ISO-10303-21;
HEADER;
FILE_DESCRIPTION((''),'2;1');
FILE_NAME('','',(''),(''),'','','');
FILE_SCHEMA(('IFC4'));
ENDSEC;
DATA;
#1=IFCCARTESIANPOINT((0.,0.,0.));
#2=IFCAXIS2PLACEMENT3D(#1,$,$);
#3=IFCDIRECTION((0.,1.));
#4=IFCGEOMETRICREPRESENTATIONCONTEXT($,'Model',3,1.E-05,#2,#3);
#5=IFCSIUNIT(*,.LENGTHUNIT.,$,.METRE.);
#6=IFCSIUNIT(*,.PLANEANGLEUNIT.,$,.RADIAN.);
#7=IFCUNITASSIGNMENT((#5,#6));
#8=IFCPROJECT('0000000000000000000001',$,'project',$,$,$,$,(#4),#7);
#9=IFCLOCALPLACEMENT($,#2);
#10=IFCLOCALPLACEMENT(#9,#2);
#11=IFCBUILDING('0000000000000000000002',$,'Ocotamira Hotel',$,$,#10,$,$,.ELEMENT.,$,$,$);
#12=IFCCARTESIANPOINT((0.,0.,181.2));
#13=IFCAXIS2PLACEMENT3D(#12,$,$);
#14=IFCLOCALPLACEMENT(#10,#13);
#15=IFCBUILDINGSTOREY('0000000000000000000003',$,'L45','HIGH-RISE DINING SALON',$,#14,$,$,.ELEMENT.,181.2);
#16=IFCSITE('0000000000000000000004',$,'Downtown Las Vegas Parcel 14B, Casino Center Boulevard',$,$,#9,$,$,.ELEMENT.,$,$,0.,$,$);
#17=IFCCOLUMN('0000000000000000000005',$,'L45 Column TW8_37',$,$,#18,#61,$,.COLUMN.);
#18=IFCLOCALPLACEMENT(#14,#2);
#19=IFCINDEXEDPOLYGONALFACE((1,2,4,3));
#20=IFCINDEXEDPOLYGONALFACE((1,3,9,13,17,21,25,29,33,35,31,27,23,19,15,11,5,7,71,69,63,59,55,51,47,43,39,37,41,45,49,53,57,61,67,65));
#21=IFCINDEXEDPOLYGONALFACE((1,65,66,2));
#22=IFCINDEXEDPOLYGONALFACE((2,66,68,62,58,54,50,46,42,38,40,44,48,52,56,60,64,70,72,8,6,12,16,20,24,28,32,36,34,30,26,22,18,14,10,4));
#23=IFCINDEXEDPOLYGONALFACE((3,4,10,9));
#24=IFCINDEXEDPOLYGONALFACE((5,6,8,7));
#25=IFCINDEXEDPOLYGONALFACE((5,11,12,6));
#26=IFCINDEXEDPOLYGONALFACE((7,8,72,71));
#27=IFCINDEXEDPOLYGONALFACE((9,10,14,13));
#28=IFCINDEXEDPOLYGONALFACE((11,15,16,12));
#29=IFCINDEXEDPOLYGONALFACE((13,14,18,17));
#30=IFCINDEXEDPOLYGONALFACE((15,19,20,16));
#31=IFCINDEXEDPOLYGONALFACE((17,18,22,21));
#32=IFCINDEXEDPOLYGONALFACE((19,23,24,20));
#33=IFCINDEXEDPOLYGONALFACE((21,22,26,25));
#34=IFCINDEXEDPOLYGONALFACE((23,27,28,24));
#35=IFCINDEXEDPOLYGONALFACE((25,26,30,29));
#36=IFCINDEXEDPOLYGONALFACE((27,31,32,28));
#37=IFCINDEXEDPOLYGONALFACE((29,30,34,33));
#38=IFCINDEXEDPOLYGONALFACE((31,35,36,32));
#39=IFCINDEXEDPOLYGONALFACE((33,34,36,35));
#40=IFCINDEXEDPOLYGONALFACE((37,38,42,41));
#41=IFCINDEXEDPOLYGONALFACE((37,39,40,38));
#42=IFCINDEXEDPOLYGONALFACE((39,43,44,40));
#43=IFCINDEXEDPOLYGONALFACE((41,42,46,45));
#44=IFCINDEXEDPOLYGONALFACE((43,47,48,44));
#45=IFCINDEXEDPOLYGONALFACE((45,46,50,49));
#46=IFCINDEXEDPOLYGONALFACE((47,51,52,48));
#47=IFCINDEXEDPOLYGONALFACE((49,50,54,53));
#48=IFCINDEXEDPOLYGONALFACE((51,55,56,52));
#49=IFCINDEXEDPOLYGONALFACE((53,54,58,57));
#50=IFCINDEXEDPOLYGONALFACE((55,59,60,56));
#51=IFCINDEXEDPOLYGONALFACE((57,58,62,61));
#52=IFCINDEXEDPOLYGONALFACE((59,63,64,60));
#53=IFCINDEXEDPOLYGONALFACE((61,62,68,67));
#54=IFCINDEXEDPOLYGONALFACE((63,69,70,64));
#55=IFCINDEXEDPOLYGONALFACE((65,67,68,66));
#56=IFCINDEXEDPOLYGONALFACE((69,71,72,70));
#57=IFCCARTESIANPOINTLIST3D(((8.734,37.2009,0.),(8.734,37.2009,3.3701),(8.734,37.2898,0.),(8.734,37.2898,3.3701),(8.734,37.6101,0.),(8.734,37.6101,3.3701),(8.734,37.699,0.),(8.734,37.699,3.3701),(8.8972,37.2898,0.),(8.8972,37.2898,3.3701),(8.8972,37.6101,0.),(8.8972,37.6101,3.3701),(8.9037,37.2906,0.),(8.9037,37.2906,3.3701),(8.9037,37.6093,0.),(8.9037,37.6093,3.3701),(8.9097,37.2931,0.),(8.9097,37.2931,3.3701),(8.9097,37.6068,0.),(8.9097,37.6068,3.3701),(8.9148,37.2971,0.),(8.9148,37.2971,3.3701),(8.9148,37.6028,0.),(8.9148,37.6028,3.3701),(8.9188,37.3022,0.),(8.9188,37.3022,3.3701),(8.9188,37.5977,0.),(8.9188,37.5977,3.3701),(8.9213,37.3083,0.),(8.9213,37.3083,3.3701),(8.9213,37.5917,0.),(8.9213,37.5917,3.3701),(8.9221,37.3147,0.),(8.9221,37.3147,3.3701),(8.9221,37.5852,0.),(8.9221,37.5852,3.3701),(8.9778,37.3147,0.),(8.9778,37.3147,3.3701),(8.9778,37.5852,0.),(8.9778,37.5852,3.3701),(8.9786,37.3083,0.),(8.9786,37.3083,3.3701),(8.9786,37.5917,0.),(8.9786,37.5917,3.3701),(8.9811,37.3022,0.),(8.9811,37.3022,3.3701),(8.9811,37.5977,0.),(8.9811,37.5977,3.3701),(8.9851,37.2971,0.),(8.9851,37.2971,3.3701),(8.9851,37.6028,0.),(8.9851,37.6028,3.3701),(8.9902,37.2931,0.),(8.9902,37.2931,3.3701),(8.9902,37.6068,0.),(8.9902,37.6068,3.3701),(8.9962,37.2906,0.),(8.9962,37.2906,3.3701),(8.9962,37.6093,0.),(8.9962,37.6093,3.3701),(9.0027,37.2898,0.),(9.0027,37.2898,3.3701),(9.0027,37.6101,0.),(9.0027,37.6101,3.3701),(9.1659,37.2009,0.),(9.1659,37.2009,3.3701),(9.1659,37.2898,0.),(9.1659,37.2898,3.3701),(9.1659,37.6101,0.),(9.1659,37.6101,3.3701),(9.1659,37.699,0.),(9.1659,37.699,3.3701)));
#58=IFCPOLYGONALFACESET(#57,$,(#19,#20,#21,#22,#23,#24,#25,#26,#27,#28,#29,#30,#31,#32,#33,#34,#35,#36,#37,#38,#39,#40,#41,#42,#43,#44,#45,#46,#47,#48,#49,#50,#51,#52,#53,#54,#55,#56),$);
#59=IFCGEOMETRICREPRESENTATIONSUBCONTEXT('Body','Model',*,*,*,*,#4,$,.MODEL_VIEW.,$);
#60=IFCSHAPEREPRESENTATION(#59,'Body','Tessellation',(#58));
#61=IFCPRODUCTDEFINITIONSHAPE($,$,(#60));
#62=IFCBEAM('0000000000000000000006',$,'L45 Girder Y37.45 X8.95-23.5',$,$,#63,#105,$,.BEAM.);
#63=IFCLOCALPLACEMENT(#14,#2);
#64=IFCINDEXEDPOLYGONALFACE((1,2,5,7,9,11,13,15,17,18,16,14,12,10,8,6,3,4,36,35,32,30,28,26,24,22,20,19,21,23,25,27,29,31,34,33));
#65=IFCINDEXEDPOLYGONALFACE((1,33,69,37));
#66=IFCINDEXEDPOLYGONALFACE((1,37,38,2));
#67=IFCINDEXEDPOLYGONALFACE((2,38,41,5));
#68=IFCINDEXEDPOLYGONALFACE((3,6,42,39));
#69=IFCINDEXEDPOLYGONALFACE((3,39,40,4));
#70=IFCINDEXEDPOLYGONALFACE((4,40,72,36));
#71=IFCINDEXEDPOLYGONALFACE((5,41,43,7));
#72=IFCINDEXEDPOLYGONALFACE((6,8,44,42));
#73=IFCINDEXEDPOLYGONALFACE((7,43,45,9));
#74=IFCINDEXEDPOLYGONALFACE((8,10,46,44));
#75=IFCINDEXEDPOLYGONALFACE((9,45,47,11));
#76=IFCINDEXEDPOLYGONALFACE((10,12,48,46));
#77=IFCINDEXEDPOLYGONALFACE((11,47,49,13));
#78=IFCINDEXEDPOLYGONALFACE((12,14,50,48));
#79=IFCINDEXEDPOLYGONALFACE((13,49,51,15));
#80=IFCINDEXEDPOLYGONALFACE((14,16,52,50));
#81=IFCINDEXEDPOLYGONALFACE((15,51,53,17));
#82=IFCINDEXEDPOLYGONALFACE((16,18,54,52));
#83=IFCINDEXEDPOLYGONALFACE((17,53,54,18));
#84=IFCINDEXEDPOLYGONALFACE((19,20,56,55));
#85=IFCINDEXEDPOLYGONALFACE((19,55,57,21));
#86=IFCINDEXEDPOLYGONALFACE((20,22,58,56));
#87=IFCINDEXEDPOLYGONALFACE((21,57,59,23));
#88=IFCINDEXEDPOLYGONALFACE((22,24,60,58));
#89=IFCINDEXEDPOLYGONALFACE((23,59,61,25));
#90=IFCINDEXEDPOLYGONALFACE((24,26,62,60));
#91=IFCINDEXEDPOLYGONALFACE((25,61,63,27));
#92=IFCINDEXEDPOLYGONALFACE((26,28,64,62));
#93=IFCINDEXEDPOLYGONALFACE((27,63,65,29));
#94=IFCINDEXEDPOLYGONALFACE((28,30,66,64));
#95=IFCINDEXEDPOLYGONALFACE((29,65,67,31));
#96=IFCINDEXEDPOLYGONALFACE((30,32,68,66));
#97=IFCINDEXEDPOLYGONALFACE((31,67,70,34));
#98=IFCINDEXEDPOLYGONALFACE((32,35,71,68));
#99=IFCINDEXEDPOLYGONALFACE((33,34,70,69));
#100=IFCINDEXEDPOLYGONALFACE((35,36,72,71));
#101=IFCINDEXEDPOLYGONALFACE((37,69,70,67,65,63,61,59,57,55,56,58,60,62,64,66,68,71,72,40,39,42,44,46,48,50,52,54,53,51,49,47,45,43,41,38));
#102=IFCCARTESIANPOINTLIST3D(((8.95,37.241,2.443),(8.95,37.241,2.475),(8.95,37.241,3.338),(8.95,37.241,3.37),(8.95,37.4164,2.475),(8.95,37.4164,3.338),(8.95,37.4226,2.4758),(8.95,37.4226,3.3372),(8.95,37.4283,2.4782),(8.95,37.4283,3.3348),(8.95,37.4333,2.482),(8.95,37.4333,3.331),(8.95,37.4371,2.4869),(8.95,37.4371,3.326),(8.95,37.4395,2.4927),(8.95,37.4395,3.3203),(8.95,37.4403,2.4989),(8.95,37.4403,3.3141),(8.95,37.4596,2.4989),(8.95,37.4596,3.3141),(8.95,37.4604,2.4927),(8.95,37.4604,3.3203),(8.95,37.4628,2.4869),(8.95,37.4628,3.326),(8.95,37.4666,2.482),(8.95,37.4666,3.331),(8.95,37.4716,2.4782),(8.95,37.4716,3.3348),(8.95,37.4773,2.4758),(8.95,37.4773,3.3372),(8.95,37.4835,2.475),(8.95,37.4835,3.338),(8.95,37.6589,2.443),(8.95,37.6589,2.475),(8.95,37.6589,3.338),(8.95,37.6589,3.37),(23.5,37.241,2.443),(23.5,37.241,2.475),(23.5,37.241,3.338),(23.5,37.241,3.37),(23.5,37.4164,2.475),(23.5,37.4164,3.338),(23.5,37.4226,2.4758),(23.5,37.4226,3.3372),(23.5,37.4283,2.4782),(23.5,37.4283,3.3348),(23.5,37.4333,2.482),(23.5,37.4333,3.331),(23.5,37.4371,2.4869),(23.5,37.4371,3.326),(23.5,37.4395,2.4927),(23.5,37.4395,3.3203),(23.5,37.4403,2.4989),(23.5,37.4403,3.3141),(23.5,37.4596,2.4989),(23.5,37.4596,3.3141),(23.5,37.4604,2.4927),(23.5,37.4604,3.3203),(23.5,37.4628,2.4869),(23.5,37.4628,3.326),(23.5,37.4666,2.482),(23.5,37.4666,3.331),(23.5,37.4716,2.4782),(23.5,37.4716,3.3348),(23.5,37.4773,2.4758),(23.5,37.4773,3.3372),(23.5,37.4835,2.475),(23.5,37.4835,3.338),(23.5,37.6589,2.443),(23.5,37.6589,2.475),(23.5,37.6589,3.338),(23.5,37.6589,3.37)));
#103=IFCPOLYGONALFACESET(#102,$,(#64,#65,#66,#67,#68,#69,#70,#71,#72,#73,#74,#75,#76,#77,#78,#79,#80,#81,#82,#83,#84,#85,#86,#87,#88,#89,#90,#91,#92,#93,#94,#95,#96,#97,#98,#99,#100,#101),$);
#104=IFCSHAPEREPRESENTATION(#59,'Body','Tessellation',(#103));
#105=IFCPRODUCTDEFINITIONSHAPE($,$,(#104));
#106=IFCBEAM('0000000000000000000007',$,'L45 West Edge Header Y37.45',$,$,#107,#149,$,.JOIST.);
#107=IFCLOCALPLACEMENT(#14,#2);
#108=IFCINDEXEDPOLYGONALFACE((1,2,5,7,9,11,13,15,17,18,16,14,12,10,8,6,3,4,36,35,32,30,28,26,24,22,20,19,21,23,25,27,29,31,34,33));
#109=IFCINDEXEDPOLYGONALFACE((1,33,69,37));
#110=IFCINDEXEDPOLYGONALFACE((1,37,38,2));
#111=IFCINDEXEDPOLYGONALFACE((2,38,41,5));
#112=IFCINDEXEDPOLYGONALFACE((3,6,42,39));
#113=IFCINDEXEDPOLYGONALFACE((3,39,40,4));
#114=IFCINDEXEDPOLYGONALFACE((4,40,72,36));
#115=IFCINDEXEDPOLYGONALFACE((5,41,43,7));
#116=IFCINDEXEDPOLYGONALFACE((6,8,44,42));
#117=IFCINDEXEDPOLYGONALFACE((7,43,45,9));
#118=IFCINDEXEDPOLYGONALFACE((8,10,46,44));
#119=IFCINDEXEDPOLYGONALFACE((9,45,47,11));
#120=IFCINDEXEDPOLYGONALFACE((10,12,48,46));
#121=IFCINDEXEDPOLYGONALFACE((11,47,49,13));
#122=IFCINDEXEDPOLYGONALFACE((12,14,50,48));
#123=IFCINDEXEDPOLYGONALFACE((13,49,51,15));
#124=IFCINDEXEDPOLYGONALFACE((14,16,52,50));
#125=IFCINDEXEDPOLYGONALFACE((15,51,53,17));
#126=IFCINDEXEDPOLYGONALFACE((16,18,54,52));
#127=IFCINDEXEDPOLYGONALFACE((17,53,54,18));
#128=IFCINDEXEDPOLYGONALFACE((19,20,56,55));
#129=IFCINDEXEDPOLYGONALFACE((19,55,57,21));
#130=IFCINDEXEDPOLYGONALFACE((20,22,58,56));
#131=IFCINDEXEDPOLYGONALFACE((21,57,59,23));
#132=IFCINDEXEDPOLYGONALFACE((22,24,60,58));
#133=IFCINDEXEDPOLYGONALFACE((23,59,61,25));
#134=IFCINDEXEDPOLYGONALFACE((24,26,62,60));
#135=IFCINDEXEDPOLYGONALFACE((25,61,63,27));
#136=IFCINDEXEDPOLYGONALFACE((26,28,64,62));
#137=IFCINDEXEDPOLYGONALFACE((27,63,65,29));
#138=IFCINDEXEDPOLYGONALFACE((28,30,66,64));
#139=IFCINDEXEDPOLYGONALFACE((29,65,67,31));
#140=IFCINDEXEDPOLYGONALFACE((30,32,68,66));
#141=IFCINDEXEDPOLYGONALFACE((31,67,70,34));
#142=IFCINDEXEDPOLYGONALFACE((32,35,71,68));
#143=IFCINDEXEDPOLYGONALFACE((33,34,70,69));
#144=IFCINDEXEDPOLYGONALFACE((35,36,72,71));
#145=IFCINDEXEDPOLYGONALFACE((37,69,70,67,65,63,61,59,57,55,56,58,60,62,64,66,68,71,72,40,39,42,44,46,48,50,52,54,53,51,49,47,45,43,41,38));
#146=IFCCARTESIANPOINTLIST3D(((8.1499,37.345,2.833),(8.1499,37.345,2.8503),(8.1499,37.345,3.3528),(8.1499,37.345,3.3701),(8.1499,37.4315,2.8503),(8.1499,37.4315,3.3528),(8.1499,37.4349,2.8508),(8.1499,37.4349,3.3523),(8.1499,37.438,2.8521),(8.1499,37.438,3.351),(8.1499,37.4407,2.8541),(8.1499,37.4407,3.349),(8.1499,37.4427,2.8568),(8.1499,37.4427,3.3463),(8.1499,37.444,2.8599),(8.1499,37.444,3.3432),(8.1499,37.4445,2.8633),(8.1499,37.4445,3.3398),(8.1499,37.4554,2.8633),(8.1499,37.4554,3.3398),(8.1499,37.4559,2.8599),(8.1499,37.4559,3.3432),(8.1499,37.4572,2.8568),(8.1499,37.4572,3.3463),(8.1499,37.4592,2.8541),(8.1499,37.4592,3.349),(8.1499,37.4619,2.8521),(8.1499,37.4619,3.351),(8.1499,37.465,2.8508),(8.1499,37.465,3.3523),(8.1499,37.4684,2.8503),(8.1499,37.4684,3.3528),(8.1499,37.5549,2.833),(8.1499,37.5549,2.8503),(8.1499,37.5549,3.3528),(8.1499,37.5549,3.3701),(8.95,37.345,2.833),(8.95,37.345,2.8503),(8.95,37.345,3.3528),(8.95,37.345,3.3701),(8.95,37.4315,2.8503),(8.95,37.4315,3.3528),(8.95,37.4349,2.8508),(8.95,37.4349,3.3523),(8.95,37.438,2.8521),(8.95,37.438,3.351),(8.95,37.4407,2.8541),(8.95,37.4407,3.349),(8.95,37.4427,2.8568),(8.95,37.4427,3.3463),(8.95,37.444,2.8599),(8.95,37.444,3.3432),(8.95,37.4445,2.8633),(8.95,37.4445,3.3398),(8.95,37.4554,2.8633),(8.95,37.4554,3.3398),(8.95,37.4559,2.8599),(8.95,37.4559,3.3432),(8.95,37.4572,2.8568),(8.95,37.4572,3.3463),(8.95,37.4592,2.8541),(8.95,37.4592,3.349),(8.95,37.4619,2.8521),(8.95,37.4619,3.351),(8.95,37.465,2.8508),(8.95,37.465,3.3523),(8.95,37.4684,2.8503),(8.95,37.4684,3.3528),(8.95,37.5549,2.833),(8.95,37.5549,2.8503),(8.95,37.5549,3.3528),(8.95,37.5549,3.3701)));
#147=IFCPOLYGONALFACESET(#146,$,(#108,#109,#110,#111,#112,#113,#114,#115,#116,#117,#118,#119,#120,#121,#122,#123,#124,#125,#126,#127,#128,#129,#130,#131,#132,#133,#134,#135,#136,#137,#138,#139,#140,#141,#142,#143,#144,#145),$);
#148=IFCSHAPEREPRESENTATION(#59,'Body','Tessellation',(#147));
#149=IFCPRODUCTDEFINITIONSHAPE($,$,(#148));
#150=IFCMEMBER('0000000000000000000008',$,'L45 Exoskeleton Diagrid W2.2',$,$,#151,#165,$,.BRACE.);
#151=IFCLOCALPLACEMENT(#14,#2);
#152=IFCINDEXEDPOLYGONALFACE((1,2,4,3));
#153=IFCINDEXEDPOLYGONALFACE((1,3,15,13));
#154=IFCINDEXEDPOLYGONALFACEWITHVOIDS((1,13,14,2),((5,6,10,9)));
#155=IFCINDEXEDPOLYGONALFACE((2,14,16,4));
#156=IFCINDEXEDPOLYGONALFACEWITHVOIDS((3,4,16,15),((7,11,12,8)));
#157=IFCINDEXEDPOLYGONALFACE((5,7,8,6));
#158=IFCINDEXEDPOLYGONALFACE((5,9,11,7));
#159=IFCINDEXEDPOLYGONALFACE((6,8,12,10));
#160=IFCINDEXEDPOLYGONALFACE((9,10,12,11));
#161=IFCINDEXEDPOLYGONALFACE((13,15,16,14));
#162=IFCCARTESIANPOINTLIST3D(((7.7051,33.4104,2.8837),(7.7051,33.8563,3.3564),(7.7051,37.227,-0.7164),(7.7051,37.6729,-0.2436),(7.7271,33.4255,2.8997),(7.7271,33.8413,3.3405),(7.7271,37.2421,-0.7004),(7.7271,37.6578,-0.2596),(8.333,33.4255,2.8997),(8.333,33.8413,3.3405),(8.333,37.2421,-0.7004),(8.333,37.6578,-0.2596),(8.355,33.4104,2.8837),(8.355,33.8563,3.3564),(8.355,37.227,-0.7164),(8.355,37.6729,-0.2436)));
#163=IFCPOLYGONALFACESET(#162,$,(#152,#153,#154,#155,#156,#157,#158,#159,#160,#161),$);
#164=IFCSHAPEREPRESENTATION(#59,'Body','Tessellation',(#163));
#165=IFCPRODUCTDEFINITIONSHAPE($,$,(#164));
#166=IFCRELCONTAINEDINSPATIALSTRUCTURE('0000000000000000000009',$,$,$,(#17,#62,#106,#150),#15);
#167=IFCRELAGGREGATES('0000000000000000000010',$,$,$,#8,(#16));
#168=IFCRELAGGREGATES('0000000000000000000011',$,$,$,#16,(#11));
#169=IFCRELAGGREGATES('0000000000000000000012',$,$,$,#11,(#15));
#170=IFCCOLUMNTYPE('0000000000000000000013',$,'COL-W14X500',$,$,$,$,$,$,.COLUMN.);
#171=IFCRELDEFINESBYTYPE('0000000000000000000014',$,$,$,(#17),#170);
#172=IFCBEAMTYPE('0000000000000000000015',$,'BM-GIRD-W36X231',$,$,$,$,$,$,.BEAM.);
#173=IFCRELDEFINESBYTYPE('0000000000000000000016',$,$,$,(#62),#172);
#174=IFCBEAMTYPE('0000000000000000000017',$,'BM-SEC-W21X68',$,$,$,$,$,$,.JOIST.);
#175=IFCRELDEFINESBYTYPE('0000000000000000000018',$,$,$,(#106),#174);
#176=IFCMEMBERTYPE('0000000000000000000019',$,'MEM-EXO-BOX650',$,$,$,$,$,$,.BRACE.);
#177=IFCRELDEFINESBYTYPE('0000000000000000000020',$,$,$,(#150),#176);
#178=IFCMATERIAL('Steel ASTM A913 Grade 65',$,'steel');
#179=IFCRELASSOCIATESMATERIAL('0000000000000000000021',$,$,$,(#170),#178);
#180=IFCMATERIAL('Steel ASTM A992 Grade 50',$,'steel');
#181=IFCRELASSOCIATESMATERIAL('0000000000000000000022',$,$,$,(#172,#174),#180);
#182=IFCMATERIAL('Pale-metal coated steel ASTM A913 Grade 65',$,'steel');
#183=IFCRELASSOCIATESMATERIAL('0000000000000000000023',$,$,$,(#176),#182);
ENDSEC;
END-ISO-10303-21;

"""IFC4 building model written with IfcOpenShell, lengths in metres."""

from ifc_helpers import new_model, si_unit, direction, frame, origin, origin_2d, place, context, subcontext, project, spatial, hollow_rectangle, i_section, extrude, source, transform, mapped, material, material_profile, profile_set, type_object, element, save


model = new_model("IFC4")

# Units and contexts
model_context = context("Model", 3, precision=1e-05, world=origin(), true_north=direction((0.0, 1.0)))
body_context = subcontext(model_context, "Body", "Model", "MODEL_VIEW")
ifc_project = project(units=[si_unit("LENGTHUNIT", "METRE"), si_unit("PLANEANGLEUNIT", "RADIAN")], contexts=[model_context])

# Site, building, storey
site_placement = place(None, origin())
site = spatial("IfcSite", under=ifc_project, at=site_placement, Name="Downtown Las Vegas Parcel 14B, Casino Center Boulevard", CompositionType="ELEMENT", RefElevation=0.0)
building_placement = place(site_placement, origin())
building = spatial("IfcBuilding", under=site, at=building_placement, Name="Ocotamira Hotel", CompositionType="ELEMENT")
storey_placement = place(building_placement, frame((0.0, 0.0, 181.2)))
storey = spatial("IfcBuildingStorey", under=building, at=storey_placement, Name="L45", Description="HIGH-RISE DINING SALON", CompositionType="ELEMENT", Elevation=181.2)

# Column
ifc_material_1 = material(Name="Steel ASTM A913 Grade 65", Category="steel")
ifc_material_profile_1 = material_profile(ifc_material_1, i_section(OverallWidth=0.4319, OverallDepth=0.498, WebThickness=0.0557, FlangeThickness=0.0889, FilletRadius=0.0249, at=origin_2d()), Name="W14X500")
ifc_profile_set_1 = profile_set([ifc_material_profile_1], Name="Steel ASTM A913 Grade 65")
column_type = type_object("IfcColumnType", Name="COL-W14X500", PredefinedType="COLUMN", material=ifc_profile_set_1)
shared_shape_1 = source(origin(), body_context, "Body", "SweptSolid", [
    extrude(i_section(OverallWidth=0.4319, OverallDepth=0.498, WebThickness=0.0557, FlangeThickness=0.0889, FilletRadius=0.0249, at=origin_2d()), origin(), (0.0, 0.0, 1.0), 3.3701),
])
column_placement = place(storey_placement, frame((8.95, 37.45, 0.0), z_axis=(0.0, 0.0, 1.0), x_axis=(1.0, 0.0, 0.0)))
element("IfcColumn", 1, at=column_placement, inside=storey, type_object=column_type, Name="L45 Column TW8_37", PredefinedType="COLUMN", context=body_context, shape_type="MappedRepresentation", body=[
    mapped(shared_shape_1, transform((0.0, 0.0, 0.0), scale=1.0)),
])

# Beams
ifc_material_2 = material(Name="Steel ASTM A992 Grade 50", Category="steel")
ifc_material_profile_2 = material_profile(ifc_material_2, i_section(OverallWidth=0.418, OverallDepth=0.927, WebThickness=0.0193, FlangeThickness=0.032, FilletRadius=0.0239, at=origin_2d()), Name="W36X231")
ifc_profile_set_2 = profile_set([ifc_material_profile_2], Name="Steel ASTM A992 Grade 50")
beam_type_1 = type_object("IfcBeamType", Name="BM-GIRD-W36X231", PredefinedType="BEAM", material=ifc_profile_set_2)
shared_shape_2 = source(origin(), body_context, "Body", "SweptSolid", [
    extrude(i_section(OverallWidth=0.418, OverallDepth=0.927, WebThickness=0.0193, FlangeThickness=0.032, FilletRadius=0.0239, at=origin_2d()), origin(), (0.0, 0.0, 1.0), 14.55),
])
beam_1_placement = place(storey_placement, frame((8.95, 37.45, 2.9065), z_axis=(1.0, 0.0, 0.0), x_axis=(0.0, 1.0, 0.0)))
element("IfcBeam", 2, at=beam_1_placement, inside=storey, type_object=beam_type_1, Name="L45 Girder Y37.45 X8.95-23.5", PredefinedType="BEAM", context=body_context, shape_type="MappedRepresentation", body=[
    mapped(shared_shape_2, transform((0.0, 0.0, 0.0), scale=1.0)),
])
ifc_material_profile_3 = material_profile(ifc_material_2, i_section(OverallWidth=0.21, OverallDepth=0.5371, WebThickness=0.011, FlangeThickness=0.0173, FilletRadius=0.0129, at=origin_2d()), Name="W21X68")
ifc_profile_set_3 = profile_set([ifc_material_profile_3], Name="Steel ASTM A992 Grade 50")
beam_type_2 = type_object("IfcBeamType", Name="BM-SEC-W21X68", PredefinedType="JOIST", material=ifc_profile_set_3)
shared_shape_3 = source(origin(), body_context, "Body", "SweptSolid", [
    extrude(i_section(OverallWidth=0.21, OverallDepth=0.5371, WebThickness=0.011, FlangeThickness=0.0173, FilletRadius=0.0129, at=origin_2d()), origin(), (0.0, 0.0, 1.0), 0.8),
])
beam_2_placement = place(storey_placement, frame((8.95, 37.45, 3.1016), z_axis=(-1.0, 0.0, 0.0), x_axis=(0.0, -1.0, 0.0)))
element("IfcBeam", 3, at=beam_2_placement, inside=storey, type_object=beam_type_2, Name="L45 West Edge Header Y37.45", PredefinedType="JOIST", context=body_context, shape_type="MappedRepresentation", body=[
    mapped(shared_shape_3, transform((0.0, 0.0, 0.0), scale=1.0)),
])

# Member
ifc_material_3 = material(Name="Pale-metal coated steel ASTM A913 Grade 65", Category="steel")
ifc_material_profile_4 = material_profile(ifc_material_3, hollow_rectangle(XDim=0.6499, YDim=0.6499, WallThickness=0.022, at=origin_2d()), Name="BOX650X650X22")
ifc_profile_set_4 = profile_set([ifc_material_profile_4], Name="Pale-metal coated steel ASTM A913 Grade 65")
member_type_1 = type_object("IfcMemberType", Name="MEM-EXO-BOX650", PredefinedType="BRACE", material=ifc_profile_set_4)
shared_shape_4 = source(origin(), body_context, "Body", "SweptSolid", [
    extrude(hollow_rectangle(XDim=0.6499, YDim=0.6499, WallThickness=0.022, at=origin_2d()), origin(), (0.0, 0.0, 1.0), 5.2466),
])
member_1_placement = place(storey_placement, frame((8.03, 37.45, -0.48), z_axis=(0.0, -0.727443, 0.686168), x_axis=(1.0, 0.0, 0.0)))
element("IfcMember", 4, at=member_1_placement, inside=storey, type_object=member_type_1, Name="L45 Exoskeleton Diagrid W2.2", PredefinedType="BRACE", context=body_context, shape_type="MappedRepresentation", body=[
    mapped(shared_shape_4, transform((0.0, 0.0, 0.0), scale=1.0)),
])

save(model, "model.ifc")
